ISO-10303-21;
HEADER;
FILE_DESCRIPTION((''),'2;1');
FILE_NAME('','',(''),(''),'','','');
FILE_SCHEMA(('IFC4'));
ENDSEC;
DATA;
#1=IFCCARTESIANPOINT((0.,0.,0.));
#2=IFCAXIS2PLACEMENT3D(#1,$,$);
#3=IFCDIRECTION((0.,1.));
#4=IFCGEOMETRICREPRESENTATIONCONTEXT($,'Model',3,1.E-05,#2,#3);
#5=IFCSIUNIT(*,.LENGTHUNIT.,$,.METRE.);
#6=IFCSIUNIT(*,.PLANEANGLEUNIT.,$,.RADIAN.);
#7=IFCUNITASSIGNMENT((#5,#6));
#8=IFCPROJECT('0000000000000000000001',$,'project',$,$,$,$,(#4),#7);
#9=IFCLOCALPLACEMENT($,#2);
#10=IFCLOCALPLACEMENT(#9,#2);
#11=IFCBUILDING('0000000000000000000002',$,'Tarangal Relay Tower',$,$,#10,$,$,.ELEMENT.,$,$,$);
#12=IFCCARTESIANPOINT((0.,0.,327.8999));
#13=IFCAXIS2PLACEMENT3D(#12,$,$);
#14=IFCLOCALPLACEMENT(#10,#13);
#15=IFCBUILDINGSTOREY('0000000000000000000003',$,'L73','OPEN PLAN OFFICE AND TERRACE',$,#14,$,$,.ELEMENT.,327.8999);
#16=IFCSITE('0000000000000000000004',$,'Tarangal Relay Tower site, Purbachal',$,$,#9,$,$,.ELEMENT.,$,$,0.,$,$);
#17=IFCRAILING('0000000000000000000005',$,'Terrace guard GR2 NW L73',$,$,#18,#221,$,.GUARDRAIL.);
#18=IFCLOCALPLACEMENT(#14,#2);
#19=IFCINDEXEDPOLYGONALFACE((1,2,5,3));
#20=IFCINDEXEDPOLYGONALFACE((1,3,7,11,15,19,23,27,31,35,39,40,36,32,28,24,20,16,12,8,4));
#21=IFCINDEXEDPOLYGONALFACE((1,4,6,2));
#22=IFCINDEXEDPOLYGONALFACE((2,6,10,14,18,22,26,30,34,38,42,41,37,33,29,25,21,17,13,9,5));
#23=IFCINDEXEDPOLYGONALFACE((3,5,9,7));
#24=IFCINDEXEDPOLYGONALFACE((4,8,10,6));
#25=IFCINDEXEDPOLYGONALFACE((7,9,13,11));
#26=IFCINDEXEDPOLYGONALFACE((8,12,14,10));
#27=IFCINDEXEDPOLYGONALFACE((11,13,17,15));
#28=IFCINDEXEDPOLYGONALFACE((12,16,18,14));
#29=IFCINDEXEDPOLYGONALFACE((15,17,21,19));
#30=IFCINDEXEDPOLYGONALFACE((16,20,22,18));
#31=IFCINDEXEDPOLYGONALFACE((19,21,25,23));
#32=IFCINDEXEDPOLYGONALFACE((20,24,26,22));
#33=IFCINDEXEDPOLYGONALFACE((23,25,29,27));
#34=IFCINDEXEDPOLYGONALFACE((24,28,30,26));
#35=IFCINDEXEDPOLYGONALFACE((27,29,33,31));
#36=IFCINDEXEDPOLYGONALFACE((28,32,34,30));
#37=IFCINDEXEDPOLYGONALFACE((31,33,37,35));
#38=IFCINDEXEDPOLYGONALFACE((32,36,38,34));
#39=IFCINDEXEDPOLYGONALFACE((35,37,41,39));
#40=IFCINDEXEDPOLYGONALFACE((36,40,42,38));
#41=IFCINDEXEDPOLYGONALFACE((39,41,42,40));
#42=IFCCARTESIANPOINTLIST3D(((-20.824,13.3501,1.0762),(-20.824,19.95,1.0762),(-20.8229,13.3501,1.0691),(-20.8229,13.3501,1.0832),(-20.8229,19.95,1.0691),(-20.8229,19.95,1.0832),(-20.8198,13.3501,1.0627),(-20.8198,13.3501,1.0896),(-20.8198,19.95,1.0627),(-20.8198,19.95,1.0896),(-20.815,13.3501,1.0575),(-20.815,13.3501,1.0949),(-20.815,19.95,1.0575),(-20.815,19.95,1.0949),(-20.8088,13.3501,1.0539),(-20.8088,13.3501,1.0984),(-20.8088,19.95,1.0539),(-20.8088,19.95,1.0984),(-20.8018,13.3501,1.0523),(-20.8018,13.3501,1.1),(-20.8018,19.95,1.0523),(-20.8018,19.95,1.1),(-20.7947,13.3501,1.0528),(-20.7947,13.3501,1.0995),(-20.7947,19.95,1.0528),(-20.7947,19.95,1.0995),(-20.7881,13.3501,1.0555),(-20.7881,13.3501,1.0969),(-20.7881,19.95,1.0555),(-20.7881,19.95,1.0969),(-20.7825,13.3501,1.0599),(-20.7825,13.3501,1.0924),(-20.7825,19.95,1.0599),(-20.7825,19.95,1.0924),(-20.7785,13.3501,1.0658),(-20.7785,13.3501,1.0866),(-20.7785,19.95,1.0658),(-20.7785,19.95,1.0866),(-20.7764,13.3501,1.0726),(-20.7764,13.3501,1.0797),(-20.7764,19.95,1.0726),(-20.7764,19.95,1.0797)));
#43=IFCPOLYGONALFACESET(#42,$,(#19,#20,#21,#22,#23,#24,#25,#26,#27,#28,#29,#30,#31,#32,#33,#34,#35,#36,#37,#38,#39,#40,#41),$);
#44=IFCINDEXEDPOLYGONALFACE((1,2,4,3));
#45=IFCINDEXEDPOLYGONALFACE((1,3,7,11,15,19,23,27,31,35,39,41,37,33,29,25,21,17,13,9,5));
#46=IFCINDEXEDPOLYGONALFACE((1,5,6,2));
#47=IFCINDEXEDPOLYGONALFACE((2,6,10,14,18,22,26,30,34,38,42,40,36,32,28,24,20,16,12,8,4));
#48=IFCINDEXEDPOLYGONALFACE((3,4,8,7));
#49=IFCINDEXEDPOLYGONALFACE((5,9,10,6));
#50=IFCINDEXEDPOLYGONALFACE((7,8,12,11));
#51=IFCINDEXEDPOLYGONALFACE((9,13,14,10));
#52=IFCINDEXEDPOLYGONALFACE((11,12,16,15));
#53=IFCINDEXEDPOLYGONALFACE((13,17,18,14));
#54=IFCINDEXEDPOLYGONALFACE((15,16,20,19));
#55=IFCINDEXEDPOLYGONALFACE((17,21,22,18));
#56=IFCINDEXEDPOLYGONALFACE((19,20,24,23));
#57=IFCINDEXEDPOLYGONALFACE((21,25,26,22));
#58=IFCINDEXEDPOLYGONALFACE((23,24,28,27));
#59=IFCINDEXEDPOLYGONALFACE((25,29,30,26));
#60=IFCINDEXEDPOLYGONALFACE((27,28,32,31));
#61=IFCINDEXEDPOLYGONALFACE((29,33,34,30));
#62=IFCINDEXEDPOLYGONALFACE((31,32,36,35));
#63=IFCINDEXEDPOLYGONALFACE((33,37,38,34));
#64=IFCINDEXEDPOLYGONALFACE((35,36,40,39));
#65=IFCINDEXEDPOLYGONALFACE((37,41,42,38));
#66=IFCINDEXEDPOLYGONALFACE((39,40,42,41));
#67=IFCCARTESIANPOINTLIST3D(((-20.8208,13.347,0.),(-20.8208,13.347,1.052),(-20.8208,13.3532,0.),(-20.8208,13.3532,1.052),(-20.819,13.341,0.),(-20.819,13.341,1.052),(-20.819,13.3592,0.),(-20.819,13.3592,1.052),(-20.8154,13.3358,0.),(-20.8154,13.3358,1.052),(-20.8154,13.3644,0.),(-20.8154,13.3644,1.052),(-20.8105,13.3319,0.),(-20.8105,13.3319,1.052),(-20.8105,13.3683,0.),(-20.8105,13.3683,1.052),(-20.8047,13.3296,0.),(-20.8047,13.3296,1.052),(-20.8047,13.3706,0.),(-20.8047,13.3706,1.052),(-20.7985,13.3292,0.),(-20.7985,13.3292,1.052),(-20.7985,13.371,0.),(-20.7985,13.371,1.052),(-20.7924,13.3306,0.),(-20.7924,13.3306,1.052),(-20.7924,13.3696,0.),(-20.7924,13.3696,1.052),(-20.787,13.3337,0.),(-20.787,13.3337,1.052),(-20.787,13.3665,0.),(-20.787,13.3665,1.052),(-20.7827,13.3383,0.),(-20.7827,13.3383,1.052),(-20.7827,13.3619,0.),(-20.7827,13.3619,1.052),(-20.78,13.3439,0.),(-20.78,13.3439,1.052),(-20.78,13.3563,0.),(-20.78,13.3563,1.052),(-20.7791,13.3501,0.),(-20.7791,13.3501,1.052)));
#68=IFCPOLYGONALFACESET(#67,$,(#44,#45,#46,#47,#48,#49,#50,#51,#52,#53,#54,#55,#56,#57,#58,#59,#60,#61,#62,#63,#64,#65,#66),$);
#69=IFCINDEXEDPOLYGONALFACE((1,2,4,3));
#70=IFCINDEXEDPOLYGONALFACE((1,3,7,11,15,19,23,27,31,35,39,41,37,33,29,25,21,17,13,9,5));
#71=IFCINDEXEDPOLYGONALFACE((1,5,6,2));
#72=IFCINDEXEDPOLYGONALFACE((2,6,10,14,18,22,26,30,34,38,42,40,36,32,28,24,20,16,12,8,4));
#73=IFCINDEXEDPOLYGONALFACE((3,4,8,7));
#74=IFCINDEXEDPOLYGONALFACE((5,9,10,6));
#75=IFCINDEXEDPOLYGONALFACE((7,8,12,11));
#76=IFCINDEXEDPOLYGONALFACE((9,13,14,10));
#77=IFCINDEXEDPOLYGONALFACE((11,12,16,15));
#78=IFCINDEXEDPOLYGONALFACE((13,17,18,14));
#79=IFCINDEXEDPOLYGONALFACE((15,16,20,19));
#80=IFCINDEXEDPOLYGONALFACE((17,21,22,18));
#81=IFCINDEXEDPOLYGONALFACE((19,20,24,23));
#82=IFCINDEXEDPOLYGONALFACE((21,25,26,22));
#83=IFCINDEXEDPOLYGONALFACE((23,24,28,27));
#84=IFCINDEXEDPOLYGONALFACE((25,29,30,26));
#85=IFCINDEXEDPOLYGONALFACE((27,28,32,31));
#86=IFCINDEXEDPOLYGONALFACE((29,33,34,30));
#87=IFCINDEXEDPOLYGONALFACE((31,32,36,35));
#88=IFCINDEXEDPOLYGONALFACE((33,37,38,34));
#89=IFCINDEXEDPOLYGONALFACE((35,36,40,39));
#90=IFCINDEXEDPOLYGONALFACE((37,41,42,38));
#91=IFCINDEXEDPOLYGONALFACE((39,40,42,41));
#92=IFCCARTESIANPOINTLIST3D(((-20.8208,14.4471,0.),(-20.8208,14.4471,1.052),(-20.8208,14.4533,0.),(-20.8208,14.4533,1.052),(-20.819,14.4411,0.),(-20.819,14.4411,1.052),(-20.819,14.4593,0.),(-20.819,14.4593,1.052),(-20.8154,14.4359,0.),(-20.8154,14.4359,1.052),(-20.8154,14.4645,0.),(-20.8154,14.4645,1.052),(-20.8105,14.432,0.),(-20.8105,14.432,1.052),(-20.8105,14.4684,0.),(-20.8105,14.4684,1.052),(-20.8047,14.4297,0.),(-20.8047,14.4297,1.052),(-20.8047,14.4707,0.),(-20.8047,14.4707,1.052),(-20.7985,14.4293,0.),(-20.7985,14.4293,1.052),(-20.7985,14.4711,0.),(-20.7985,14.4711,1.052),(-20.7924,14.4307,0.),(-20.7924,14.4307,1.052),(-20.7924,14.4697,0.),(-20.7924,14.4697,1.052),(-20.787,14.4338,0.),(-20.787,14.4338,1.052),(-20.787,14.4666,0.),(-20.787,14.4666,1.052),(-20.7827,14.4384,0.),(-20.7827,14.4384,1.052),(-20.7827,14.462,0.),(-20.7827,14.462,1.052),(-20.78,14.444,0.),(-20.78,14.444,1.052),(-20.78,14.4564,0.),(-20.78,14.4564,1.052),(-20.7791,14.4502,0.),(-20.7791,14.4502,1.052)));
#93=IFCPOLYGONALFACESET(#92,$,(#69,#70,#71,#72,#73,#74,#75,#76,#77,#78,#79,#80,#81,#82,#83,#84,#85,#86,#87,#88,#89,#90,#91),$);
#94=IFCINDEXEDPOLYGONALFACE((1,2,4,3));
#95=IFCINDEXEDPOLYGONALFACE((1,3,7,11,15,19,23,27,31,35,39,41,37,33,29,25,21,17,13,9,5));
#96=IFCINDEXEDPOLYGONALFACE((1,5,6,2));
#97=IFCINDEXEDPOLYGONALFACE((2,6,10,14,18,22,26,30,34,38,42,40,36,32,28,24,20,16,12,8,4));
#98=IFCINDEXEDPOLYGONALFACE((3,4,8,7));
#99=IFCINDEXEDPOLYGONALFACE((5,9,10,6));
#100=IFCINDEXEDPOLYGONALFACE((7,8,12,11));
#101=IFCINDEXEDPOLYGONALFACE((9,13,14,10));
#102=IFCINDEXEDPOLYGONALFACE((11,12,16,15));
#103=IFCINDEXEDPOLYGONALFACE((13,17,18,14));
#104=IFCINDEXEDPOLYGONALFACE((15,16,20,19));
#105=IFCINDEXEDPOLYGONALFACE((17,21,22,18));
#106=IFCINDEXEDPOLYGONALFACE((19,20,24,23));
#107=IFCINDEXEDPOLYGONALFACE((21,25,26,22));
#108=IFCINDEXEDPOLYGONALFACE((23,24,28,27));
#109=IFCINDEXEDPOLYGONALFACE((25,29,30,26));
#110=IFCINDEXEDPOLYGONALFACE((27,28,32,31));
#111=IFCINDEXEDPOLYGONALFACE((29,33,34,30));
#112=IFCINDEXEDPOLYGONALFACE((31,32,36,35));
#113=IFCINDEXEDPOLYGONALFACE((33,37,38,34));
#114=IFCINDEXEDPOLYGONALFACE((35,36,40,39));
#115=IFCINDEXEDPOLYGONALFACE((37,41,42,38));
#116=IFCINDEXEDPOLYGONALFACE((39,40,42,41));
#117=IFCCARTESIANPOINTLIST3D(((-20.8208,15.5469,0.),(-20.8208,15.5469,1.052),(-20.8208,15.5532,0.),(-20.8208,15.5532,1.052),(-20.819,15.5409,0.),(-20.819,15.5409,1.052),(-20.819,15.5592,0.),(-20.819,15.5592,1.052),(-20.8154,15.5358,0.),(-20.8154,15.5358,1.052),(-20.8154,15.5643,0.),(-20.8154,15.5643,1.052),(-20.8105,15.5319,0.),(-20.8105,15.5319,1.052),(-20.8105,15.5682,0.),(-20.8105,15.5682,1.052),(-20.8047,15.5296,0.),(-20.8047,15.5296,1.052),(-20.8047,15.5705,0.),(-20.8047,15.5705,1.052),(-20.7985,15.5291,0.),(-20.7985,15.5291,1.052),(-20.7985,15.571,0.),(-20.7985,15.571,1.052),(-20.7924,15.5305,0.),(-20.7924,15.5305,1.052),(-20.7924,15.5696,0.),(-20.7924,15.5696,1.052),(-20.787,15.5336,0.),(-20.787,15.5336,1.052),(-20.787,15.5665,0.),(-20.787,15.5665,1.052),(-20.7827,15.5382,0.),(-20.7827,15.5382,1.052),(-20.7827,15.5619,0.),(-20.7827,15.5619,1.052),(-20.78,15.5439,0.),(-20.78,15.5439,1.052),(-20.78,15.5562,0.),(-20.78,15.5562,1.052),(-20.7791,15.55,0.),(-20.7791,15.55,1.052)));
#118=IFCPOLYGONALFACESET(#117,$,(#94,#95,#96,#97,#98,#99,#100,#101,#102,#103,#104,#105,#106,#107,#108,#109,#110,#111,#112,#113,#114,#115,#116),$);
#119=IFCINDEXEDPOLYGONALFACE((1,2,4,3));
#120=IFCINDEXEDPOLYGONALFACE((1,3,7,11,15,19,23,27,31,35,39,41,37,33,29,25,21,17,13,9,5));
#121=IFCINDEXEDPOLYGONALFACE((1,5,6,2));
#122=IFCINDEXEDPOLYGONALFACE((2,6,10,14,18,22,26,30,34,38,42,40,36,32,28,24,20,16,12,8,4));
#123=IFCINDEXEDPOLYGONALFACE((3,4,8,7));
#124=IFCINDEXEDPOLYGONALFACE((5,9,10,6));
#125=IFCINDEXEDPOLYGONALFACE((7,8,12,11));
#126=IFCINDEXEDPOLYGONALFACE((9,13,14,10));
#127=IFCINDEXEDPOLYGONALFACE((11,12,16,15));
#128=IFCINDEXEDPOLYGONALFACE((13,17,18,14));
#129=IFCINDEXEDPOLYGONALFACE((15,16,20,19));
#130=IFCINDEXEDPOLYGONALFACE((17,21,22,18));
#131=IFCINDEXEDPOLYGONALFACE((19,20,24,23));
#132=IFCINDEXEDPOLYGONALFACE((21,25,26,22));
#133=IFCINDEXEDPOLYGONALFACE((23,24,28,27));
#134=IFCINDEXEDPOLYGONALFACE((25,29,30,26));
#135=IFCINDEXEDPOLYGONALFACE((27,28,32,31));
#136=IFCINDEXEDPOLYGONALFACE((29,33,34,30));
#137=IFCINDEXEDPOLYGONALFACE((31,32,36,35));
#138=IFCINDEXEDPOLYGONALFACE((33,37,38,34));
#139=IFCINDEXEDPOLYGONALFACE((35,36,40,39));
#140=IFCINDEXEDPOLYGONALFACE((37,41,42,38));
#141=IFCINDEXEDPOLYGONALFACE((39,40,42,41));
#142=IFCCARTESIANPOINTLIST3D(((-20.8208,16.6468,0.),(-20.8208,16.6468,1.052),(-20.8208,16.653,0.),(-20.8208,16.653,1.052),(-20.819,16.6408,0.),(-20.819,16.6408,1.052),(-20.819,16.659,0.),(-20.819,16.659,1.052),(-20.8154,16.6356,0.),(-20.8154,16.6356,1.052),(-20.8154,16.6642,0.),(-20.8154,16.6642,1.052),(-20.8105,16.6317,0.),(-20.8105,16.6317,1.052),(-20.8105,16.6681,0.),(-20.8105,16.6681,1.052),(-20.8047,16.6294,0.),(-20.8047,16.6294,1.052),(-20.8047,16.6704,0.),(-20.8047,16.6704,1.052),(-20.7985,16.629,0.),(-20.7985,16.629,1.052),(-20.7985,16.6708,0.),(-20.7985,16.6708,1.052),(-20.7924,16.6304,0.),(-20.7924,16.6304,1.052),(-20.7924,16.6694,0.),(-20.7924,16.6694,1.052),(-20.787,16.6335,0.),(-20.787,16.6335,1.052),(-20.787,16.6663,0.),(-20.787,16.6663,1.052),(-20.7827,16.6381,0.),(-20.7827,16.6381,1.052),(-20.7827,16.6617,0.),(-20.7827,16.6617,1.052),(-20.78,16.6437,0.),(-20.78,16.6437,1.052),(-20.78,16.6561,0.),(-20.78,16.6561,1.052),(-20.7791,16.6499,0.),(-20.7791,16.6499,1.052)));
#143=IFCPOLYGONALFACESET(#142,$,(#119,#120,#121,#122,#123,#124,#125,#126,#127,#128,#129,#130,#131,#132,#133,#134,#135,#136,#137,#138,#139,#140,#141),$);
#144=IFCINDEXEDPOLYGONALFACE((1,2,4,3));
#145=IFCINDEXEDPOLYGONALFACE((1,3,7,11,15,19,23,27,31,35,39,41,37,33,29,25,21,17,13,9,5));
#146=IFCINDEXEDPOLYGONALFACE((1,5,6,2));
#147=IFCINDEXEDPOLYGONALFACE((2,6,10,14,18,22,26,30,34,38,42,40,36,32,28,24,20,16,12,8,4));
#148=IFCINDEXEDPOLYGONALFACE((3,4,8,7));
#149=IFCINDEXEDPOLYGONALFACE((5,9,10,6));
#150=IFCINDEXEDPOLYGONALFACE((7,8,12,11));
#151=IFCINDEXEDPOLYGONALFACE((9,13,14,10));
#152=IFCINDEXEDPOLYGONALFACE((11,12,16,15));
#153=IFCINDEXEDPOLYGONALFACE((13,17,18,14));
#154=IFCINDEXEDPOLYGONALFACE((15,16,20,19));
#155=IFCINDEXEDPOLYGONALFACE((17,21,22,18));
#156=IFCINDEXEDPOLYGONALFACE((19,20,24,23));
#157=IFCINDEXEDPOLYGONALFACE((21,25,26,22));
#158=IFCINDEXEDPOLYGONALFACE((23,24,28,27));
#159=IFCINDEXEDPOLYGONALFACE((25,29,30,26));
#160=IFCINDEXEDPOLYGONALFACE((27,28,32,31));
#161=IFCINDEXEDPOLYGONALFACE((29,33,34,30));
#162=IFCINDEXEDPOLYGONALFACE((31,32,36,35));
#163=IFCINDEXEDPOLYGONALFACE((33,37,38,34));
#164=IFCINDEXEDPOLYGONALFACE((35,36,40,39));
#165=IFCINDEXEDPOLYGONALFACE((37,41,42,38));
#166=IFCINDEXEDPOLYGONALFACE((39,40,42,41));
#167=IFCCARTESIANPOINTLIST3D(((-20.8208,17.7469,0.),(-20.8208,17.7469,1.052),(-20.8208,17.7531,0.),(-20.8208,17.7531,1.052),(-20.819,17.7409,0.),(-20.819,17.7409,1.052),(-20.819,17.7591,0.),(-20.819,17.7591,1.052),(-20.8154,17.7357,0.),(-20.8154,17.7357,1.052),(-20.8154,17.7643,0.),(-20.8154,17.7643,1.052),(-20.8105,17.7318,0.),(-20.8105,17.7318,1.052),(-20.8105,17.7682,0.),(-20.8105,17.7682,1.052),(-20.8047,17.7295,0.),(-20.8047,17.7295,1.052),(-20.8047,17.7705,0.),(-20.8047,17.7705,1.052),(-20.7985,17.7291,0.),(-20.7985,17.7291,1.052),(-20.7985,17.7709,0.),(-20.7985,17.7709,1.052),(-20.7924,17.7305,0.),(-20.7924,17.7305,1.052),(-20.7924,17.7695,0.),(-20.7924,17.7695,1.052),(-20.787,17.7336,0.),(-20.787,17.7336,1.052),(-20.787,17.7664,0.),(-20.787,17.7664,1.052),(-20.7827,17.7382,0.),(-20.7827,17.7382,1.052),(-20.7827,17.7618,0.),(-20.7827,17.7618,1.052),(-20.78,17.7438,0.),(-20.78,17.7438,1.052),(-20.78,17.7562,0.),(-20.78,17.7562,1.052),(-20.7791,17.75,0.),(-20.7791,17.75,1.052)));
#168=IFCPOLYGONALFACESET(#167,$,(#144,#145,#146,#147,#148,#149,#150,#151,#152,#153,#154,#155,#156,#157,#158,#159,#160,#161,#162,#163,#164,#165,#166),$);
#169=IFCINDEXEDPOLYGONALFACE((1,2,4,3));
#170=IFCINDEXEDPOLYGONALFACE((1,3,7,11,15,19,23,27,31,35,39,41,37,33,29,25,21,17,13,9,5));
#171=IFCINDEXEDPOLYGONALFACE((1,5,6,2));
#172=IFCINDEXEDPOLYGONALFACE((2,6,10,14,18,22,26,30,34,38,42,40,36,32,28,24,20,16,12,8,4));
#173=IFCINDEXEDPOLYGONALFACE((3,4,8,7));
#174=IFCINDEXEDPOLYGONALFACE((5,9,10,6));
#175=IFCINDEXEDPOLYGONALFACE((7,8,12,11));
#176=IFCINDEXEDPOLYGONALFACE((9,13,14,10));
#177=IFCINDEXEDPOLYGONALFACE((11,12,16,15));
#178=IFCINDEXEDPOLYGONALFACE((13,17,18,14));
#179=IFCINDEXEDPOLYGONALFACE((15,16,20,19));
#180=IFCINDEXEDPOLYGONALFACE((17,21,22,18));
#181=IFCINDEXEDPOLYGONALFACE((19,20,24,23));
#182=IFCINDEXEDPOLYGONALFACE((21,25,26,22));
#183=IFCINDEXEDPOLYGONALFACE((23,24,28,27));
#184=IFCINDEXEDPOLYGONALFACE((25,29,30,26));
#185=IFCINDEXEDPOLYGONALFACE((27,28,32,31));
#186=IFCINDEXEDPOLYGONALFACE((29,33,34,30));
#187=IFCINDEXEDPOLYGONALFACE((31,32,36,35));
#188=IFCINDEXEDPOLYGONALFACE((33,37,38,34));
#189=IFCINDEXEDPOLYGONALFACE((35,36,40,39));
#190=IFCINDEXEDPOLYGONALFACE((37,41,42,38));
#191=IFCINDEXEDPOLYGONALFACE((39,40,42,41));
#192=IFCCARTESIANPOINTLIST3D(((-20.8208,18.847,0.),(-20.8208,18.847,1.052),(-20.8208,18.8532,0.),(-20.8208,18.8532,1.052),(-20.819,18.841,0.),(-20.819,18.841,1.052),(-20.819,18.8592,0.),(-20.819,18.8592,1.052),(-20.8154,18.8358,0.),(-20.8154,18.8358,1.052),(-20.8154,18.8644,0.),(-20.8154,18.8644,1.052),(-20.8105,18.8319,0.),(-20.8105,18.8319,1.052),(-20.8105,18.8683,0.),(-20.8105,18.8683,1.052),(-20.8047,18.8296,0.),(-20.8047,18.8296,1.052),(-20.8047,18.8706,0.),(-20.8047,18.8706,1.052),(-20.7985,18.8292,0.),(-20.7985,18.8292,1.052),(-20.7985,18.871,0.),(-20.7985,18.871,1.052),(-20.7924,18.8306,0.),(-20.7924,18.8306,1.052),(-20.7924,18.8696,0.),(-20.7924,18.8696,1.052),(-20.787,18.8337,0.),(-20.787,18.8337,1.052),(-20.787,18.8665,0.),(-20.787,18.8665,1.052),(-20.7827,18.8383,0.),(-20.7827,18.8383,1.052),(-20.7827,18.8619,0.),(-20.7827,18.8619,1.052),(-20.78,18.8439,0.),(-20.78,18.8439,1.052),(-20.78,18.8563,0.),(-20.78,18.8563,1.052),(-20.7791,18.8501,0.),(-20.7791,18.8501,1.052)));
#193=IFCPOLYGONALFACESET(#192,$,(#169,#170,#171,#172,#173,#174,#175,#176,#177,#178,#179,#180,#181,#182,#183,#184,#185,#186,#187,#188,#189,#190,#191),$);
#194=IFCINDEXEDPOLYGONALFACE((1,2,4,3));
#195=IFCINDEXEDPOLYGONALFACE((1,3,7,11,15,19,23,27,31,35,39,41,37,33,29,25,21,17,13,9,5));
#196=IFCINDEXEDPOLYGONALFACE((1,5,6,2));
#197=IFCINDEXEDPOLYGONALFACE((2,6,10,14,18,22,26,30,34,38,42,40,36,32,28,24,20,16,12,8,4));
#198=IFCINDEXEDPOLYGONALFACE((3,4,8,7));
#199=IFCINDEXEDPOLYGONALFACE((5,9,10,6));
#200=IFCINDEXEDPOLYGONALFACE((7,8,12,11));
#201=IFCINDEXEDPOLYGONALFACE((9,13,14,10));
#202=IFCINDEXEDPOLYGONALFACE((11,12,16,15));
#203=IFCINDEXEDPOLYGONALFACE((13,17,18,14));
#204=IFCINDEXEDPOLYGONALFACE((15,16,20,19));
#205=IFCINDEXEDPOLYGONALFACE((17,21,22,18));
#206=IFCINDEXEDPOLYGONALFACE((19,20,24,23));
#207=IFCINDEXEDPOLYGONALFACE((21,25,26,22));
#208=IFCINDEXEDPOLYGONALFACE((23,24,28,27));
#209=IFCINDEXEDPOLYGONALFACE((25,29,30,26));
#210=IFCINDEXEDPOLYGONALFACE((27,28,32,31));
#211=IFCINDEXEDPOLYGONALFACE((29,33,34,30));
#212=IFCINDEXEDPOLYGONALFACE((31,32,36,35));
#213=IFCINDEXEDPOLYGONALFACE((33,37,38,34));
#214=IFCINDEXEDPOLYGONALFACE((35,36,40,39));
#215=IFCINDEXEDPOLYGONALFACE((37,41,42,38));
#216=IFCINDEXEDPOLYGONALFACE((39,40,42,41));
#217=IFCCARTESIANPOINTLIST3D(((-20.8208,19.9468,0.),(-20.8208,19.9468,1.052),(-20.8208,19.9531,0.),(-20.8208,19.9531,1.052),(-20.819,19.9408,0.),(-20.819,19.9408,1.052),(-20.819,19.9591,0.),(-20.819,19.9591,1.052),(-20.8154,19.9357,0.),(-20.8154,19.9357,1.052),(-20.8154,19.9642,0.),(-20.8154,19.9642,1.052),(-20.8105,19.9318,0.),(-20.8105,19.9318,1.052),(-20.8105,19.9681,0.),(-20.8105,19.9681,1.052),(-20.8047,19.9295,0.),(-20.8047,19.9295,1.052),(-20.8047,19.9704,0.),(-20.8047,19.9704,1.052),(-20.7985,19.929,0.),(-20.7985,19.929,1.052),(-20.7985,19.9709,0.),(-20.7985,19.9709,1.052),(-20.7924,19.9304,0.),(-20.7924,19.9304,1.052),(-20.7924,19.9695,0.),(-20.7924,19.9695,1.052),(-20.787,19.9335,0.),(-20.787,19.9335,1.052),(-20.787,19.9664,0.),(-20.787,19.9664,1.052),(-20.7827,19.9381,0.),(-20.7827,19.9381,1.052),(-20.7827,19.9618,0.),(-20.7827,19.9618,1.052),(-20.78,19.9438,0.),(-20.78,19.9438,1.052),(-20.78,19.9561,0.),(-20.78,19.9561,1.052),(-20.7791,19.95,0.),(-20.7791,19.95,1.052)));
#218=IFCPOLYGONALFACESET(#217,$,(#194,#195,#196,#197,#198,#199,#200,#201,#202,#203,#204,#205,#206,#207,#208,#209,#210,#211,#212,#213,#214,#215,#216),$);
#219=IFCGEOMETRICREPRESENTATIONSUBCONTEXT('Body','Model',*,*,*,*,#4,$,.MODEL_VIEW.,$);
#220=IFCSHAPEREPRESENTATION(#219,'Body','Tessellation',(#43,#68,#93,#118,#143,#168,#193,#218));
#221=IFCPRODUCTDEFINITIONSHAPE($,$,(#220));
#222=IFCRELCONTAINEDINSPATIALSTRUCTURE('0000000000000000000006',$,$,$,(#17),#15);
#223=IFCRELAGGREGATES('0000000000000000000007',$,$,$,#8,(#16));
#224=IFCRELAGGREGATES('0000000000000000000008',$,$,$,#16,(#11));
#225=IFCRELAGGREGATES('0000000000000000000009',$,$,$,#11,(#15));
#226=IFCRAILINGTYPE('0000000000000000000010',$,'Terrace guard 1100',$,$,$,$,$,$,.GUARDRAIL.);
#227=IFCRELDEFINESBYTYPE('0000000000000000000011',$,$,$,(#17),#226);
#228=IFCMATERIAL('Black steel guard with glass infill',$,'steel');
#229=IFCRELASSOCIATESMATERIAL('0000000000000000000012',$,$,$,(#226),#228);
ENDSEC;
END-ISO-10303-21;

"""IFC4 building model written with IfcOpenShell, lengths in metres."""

from ifc_helpers import new_model, si_unit, direction, frame, origin, origin_2d, place, context, subcontext, project, spatial, circle, extrude, material, type_object, element, save


model = new_model("IFC4")

# Units and contexts
model_context = context("Model", 3, precision=1e-05, world=origin(), true_north=direction((0.0, 1.0)))
body_context = subcontext(model_context, "Body", "Model", "MODEL_VIEW")
ifc_project = project(units=[si_unit("LENGTHUNIT", "METRE"), si_unit("PLANEANGLEUNIT", "RADIAN")], contexts=[model_context])

# Site, building, storey
site_placement = place(None, origin())
site = spatial("IfcSite", under=ifc_project, at=site_placement, Name="Tarangal Relay Tower site, Purbachal", CompositionType="ELEMENT", RefElevation=0.0)
building_placement = place(site_placement, origin())
building = spatial("IfcBuilding", under=site, at=building_placement, Name="Tarangal Relay Tower", CompositionType="ELEMENT")
storey_placement = place(building_placement, frame((0.0, 0.0, 327.8999)))
storey = spatial("IfcBuildingStorey", under=building, at=storey_placement, Name="L73", Description="OPEN PLAN OFFICE AND TERRACE", CompositionType="ELEMENT", Elevation=327.8999)

# Railing
ifc_material_1 = material(Name="Black steel guard with glass infill", Category="steel")
railing_type = type_object("IfcRailingType", Name="Terrace guard 1100", PredefinedType="GUARDRAIL", material=ifc_material_1)
railing_1_placement = place(storey_placement, frame((-20.8, 13.3501, 0.0)))
element("IfcRailing", 1, at=railing_1_placement, inside=storey, type_object=railing_type, Name="Terrace guard GR2 NW L73", PredefinedType="GUARDRAIL", context=body_context, shape_type="SweptSolid", body=[
    extrude(circle(Radius=0.0239, at=origin_2d()), frame((0.0, 0.0, 1.0762), z_axis=(0.0, 1.0, 0.0), x_axis=(-1.0, 0.0, 0.0)), (0.0, 0.0, 1.0), 6.5999),
    extrude(circle(Radius=0.021, at=origin_2d()), origin(), (0.0, 0.0, 1.0), 1.052),
    extrude(circle(Radius=0.021, at=origin_2d()), frame((0.0, 1.1001, 0.0)), (0.0, 0.0, 1.0), 1.052),
    extrude(circle(Radius=0.021, at=origin_2d()), frame((0.0, 2.2, 0.0)), (0.0, 0.0, 1.0), 1.052),
    extrude(circle(Radius=0.021, at=origin_2d()), frame((0.0, 3.2998, 0.0)), (0.0, 0.0, 1.0), 1.052),
    extrude(circle(Radius=0.021, at=origin_2d()), frame((0.0, 4.3999, 0.0)), (0.0, 0.0, 1.0), 1.052),
    extrude(circle(Radius=0.021, at=origin_2d()), frame((0.0, 5.5, 0.0)), (0.0, 0.0, 1.0), 1.052),
    extrude(circle(Radius=0.021, at=origin_2d()), frame((0.0, 6.5999, 0.0)), (0.0, 0.0, 1.0), 1.052),
])

save(model, "model.ifc")
